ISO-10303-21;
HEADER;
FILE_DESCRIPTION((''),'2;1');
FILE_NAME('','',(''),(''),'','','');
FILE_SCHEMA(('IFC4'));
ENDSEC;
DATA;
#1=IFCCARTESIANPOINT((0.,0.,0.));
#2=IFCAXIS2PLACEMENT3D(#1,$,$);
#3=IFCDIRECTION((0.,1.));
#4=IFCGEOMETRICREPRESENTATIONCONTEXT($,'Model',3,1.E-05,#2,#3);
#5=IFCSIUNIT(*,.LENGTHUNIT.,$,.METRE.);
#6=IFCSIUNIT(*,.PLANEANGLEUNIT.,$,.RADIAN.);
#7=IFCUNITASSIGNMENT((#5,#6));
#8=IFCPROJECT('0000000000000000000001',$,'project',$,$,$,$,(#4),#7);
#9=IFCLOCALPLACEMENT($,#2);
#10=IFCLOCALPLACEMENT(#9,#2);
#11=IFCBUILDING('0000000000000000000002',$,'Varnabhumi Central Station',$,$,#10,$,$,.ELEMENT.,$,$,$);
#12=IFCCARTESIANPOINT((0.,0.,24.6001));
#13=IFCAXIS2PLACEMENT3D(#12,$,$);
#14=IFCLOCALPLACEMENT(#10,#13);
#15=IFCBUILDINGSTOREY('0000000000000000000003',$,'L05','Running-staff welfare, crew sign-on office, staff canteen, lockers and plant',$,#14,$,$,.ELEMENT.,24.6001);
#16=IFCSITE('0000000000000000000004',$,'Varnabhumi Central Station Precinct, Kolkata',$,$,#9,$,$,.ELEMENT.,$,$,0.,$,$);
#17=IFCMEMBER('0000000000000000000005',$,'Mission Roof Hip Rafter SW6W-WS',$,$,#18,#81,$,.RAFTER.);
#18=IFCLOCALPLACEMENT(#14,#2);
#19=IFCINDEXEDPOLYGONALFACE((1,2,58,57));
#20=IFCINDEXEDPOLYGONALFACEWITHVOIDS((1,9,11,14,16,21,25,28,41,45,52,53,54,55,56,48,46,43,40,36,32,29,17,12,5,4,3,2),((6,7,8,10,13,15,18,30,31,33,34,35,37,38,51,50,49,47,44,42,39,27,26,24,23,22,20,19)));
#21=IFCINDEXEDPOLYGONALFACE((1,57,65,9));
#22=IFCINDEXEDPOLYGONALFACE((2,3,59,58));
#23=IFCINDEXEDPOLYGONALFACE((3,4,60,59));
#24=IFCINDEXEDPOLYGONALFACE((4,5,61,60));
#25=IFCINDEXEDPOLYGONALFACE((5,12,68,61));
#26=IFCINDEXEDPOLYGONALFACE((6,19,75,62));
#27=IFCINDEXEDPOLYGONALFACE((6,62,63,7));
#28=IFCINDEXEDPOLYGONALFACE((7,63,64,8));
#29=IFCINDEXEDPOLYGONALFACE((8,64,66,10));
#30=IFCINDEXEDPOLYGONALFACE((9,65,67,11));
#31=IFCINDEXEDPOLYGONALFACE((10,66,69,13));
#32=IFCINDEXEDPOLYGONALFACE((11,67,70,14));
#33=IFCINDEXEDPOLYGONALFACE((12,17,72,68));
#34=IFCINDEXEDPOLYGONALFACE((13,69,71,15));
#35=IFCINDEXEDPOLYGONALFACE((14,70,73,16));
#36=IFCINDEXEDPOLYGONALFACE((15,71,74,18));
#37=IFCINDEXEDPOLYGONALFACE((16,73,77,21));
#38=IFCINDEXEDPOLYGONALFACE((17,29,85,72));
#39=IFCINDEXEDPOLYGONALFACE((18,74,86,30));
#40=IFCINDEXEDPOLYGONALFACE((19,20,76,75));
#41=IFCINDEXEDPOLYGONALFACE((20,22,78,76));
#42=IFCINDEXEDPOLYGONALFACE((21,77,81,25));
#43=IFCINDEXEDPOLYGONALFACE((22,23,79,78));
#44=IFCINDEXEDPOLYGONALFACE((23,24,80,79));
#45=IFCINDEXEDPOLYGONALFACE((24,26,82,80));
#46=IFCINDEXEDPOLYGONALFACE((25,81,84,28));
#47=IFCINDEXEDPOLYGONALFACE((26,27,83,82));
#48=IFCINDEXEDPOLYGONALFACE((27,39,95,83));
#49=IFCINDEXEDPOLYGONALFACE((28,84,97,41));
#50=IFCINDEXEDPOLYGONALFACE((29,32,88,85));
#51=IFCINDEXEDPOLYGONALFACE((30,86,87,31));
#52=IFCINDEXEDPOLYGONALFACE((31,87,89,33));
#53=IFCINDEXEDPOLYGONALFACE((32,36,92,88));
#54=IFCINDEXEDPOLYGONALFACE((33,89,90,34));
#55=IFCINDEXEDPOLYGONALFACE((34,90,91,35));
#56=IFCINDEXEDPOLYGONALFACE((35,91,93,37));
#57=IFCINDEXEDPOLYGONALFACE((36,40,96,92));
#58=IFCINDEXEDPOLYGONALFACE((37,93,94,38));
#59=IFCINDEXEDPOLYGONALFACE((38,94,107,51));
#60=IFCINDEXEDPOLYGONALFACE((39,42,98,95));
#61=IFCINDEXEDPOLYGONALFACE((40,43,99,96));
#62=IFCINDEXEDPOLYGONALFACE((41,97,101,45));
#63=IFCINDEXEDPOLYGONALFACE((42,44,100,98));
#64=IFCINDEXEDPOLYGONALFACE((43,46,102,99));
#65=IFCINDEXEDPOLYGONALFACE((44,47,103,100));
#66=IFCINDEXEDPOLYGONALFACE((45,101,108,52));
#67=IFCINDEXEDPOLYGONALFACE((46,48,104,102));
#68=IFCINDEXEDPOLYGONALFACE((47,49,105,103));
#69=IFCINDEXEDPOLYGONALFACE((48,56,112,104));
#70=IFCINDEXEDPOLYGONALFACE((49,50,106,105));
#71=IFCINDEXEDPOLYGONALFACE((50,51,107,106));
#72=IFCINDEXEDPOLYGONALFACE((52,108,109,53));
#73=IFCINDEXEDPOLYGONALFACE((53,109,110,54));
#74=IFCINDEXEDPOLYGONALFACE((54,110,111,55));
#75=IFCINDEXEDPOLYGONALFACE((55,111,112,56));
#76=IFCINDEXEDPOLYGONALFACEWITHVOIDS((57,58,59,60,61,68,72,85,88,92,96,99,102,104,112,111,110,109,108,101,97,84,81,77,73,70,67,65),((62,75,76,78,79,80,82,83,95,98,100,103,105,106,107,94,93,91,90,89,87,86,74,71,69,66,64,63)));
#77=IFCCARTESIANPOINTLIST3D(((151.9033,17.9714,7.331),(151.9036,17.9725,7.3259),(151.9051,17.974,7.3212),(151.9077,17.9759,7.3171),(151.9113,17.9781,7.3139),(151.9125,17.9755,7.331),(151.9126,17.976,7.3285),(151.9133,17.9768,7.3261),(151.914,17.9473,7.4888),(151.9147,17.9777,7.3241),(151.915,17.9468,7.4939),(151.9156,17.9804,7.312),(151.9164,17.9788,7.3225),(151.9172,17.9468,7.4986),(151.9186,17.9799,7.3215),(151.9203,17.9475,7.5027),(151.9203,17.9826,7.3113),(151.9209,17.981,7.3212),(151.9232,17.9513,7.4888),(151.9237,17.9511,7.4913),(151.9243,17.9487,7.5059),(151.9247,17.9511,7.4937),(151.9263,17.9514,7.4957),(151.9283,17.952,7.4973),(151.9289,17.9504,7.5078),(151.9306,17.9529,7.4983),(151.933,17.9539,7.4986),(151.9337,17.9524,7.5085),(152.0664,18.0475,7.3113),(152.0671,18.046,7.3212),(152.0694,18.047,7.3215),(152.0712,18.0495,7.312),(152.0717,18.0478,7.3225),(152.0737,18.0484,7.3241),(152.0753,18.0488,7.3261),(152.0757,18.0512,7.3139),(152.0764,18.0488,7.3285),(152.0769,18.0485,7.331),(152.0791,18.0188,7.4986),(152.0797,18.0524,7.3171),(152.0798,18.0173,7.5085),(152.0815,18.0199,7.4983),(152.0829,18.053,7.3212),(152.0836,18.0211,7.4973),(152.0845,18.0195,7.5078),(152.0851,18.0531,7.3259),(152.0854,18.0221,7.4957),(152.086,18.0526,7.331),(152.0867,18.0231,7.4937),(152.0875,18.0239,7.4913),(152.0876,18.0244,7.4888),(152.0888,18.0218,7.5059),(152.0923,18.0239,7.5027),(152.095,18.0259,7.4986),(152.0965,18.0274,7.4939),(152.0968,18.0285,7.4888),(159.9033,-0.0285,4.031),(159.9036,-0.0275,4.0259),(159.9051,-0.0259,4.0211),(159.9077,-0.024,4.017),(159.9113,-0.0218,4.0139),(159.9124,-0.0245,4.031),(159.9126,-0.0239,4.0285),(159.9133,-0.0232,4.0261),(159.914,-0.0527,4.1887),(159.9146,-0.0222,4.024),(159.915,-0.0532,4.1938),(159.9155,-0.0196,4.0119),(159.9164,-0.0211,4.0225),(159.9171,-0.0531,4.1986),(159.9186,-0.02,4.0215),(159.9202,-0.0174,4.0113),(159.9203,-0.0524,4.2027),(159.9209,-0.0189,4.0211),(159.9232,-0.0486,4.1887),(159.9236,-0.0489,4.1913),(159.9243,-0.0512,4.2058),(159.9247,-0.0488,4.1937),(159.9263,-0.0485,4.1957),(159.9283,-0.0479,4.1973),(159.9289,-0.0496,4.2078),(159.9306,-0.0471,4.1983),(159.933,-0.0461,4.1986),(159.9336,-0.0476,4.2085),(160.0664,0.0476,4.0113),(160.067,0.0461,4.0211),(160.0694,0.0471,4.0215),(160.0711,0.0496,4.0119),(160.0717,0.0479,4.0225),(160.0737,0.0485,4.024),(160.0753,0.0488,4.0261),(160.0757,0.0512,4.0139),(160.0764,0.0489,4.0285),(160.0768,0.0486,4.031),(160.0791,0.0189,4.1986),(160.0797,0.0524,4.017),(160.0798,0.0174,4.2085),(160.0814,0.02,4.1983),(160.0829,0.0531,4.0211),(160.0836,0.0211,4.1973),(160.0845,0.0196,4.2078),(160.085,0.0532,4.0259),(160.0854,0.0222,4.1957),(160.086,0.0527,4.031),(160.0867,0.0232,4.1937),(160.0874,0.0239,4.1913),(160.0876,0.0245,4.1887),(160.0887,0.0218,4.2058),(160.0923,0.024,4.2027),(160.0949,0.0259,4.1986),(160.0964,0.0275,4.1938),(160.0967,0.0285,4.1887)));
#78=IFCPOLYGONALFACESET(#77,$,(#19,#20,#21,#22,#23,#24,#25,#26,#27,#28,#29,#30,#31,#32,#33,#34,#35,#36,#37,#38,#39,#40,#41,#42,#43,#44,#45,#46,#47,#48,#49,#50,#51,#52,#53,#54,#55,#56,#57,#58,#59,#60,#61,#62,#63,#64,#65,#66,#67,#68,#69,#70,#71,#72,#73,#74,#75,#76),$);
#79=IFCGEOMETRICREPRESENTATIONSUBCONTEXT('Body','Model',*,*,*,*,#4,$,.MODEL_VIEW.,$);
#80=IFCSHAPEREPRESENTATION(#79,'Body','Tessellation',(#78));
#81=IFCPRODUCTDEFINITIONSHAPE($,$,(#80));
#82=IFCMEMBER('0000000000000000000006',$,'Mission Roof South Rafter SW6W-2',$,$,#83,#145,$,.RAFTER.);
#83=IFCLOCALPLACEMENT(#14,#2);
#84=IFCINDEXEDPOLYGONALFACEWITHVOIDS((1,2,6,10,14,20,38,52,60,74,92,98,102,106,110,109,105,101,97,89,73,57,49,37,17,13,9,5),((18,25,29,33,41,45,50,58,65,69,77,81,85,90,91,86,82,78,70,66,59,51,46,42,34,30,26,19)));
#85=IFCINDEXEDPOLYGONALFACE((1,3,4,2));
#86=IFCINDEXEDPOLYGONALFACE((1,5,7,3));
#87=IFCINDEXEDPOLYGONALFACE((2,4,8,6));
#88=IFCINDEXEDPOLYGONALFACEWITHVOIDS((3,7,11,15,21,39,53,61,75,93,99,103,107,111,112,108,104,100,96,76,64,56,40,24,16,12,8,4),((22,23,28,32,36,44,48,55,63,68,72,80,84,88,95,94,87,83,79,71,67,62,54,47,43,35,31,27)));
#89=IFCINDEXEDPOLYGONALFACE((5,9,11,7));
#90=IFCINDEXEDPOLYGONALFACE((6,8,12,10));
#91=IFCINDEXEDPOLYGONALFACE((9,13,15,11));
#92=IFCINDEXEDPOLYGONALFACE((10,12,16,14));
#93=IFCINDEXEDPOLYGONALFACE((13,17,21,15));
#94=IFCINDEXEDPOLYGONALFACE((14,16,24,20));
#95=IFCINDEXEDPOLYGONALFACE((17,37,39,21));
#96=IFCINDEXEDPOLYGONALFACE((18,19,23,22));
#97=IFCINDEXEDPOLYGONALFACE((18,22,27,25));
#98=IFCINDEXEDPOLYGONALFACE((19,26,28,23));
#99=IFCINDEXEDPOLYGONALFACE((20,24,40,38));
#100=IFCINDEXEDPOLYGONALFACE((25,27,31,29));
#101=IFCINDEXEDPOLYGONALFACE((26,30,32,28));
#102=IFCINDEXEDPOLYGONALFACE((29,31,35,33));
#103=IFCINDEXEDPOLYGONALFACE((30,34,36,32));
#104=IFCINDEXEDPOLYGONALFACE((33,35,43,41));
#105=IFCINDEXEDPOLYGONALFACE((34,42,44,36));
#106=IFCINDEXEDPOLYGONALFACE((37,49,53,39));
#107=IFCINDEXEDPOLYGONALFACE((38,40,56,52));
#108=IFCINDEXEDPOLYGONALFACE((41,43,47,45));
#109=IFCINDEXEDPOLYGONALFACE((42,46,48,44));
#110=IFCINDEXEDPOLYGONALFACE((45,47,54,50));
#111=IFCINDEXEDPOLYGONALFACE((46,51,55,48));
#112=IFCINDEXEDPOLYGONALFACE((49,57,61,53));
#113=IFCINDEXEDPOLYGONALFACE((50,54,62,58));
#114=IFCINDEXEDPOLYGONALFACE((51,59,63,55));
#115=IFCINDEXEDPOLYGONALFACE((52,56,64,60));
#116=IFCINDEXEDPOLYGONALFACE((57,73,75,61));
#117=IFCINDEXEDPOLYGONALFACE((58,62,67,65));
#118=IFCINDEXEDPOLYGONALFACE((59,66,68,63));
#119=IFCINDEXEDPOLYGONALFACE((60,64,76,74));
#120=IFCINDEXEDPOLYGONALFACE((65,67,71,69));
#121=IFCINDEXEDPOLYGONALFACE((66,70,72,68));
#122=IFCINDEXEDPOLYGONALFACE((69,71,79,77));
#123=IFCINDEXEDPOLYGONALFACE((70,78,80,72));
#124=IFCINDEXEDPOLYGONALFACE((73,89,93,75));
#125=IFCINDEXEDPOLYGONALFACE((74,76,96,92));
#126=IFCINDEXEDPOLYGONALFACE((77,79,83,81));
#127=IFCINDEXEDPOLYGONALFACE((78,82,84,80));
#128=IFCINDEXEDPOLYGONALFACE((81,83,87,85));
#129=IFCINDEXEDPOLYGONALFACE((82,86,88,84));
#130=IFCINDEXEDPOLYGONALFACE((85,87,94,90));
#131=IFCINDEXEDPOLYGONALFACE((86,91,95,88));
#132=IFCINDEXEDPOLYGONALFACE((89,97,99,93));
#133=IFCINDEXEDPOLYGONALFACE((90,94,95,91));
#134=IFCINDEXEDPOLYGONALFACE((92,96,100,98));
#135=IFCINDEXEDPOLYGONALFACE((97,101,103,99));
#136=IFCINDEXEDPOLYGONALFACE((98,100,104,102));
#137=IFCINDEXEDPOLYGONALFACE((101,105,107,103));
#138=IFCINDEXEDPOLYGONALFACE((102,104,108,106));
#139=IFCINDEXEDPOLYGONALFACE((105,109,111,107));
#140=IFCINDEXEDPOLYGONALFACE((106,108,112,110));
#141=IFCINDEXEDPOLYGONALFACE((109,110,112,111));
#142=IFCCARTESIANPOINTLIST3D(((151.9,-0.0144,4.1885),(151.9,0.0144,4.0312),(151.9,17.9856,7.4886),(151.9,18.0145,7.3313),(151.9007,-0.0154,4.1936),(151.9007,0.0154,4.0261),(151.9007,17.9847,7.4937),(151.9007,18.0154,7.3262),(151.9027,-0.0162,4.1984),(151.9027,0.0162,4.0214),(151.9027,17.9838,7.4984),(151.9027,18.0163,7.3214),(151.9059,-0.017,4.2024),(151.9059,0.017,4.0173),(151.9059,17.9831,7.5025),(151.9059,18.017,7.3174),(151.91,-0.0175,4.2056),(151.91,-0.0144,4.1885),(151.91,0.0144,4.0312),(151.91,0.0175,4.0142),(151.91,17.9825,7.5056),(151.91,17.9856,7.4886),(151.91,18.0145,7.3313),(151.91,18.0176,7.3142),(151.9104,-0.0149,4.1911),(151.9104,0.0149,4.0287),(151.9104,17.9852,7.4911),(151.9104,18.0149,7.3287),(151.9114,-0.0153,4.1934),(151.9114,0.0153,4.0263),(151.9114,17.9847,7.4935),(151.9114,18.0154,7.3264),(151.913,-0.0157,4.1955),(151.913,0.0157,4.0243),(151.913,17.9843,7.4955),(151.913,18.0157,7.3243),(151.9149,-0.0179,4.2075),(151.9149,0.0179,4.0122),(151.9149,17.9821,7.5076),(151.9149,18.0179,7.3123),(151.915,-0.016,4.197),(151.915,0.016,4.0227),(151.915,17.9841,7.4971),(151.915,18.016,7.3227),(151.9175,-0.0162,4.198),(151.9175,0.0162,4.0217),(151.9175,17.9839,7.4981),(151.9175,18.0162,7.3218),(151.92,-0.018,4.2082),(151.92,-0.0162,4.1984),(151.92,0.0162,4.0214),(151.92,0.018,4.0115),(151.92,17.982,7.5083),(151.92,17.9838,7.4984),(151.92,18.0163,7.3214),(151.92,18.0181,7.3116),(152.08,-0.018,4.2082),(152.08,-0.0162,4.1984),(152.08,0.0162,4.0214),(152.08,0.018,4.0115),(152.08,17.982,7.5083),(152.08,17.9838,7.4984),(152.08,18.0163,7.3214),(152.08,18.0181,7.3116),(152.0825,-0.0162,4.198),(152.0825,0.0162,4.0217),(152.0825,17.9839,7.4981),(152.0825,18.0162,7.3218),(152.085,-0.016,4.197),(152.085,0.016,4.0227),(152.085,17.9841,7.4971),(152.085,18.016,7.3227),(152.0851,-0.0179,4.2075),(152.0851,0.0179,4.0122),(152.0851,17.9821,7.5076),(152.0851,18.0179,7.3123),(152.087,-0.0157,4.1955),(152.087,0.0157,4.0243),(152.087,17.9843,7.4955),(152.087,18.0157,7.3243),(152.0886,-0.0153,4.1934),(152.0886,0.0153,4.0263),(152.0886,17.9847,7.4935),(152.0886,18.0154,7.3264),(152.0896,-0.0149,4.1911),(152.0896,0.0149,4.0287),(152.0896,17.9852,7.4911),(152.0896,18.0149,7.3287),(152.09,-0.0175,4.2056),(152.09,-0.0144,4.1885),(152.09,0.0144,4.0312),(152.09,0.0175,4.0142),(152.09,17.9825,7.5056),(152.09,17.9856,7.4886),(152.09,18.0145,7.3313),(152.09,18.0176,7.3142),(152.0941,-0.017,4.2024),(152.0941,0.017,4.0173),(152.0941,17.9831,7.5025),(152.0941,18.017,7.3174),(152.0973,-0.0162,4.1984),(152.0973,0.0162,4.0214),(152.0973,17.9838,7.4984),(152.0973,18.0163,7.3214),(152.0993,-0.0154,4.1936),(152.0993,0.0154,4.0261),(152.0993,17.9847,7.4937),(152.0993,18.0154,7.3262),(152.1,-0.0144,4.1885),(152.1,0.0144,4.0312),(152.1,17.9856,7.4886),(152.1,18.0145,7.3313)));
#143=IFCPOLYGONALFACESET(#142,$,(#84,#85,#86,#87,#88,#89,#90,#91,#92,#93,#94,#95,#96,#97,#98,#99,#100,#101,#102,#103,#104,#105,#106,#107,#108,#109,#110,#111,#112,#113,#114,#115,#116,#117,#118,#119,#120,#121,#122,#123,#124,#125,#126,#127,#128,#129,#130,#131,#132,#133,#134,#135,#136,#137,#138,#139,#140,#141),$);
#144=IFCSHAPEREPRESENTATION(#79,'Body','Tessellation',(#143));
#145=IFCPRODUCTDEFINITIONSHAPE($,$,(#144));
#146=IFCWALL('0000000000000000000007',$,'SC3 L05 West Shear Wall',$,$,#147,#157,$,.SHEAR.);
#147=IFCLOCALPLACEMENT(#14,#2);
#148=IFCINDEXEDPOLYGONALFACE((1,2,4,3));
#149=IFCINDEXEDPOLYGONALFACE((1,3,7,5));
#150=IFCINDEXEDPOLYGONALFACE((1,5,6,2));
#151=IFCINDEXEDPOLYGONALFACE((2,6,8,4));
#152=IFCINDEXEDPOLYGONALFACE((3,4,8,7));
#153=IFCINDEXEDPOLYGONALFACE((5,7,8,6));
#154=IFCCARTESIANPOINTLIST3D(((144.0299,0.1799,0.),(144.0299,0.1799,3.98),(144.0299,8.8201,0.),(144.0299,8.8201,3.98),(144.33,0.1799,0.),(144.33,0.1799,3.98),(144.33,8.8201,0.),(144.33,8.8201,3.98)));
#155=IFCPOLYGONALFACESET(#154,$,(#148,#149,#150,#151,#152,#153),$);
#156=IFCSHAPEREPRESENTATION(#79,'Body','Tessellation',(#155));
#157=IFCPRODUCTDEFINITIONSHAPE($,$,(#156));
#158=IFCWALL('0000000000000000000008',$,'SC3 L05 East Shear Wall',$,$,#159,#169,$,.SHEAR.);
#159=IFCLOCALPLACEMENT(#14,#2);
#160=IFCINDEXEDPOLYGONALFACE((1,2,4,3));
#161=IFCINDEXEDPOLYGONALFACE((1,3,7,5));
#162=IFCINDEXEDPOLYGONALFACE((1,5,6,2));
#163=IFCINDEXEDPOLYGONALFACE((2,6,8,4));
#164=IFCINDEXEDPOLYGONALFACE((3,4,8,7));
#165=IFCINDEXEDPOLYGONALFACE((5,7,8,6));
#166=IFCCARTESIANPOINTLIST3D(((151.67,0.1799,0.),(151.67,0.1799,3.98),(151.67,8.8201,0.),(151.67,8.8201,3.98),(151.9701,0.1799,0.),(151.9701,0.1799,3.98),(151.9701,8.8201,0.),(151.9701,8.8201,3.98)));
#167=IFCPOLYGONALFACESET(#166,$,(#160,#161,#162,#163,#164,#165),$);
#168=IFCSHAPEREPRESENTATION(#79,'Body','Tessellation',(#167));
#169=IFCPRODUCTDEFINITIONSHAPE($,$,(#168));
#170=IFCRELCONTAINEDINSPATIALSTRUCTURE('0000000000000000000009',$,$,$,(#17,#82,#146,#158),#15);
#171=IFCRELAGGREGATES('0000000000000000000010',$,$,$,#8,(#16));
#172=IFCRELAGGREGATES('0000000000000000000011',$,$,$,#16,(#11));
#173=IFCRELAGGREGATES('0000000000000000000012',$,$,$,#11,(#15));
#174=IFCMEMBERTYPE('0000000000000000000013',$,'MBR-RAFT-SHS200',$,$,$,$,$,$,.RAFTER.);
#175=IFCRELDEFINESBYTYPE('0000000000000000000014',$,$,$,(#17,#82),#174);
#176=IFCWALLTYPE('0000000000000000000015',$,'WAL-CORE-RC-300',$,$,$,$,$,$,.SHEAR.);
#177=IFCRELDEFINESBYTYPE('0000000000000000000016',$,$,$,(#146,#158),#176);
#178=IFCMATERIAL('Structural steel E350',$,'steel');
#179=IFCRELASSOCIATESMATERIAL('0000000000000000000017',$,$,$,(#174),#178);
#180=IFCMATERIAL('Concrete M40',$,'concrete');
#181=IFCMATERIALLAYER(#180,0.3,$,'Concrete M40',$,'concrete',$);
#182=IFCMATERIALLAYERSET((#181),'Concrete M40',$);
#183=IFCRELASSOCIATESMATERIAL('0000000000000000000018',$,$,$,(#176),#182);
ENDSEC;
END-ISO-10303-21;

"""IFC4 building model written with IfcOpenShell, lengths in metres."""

from ifc_helpers import new_model, si_unit, direction, frame, frame_2d, origin, origin_2d, place, context, subcontext, project, spatial, rectangle, hollow_rectangle, extrude, material, layer, layer_set, material_profile, profile_set, type_object, element, save


model = new_model("IFC4")

# Units and contexts
model_context = context("Model", 3, precision=1e-05, world=origin(), true_north=direction((0.0, 1.0)))
body_context = subcontext(model_context, "Body", "Model", "MODEL_VIEW")
ifc_project = project(units=[si_unit("LENGTHUNIT", "METRE"), si_unit("PLANEANGLEUNIT", "RADIAN")], contexts=[model_context])

# Site, building, storey
site_placement = place(None, origin())
site = spatial("IfcSite", under=ifc_project, at=site_placement, Name="Varnabhumi Central Station Precinct, Kolkata", CompositionType="ELEMENT", RefElevation=0.0)
building_placement = place(site_placement, origin())
building = spatial("IfcBuilding", under=site, at=building_placement, Name="Varnabhumi Central Station", CompositionType="ELEMENT")
storey_placement = place(building_placement, frame((0.0, 0.0, 24.6001)))
storey = spatial("IfcBuildingStorey", under=building, at=storey_placement, Name="L05", Description="Running-staff welfare, crew sign-on office, staff canteen, lockers and plant", CompositionType="ELEMENT", Elevation=24.6001)

# Shared definitions
ifc_material_1 = material(Name="Concrete M40", Category="concrete")

# Shared definitions
ifc_material_2 = material(Name="Structural steel E350", Category="steel")

# Members
ifc_material_profile_1 = material_profile(ifc_material_2, hollow_rectangle(XDim=0.2, YDim=0.2, WallThickness=0.01, InnerFilletRadius=0.01, OuterFilletRadius=0.02, at=origin_2d()), Name="Structural steel E350", Category="steel")
ifc_profile_set_1 = profile_set([ifc_material_profile_1], Name="Structural steel E350")
member_type = type_object("IfcMemberType", Name="MBR-RAFT-SHS200", PredefinedType="RAFTER", material=ifc_profile_set_1)
member_1_placement = place(storey_placement, frame((160.0, 0.0, 4.1099), z_axis=(-0.400556, 0.901251, 0.165232), x_axis=(-0.913812, -0.406138, 0.0)))
element("IfcMember", 1, at=member_1_placement, inside=storey, type_object=member_type, Name="Mission Roof Hip Rafter SW6W-WS", PredefinedType="RAFTER", context=body_context, shape_type="SweptSolid", body=[
    extrude(hollow_rectangle(XDim=0.2, YDim=0.2, WallThickness=0.01, InnerFilletRadius=0.01, OuterFilletRadius=0.02, at=origin_2d()), origin(), (0.0, 0.0, 1.0), 19.9722),
])
member_2_placement = place(storey_placement, frame((152.0, 0.0, 4.1099), z_axis=(0.0, 0.983606, 0.18033), x_axis=(-1.0, 0.0, 0.0)))
element("IfcMember", 2, at=member_2_placement, inside=storey, type_object=member_type, Name="Mission Roof South Rafter SW6W-2", PredefinedType="RAFTER", context=body_context, shape_type="SweptSolid", body=[
    extrude(hollow_rectangle(XDim=0.2, YDim=0.2, WallThickness=0.01, InnerFilletRadius=0.01, OuterFilletRadius=0.02, at=origin_2d()), origin(), (0.0, 0.0, 1.0), 18.3),
])

# Walls
ifc_layer_1 = layer(ifc_material_1, 0.3, Name="Concrete M40", Category="concrete")
ifc_layer_set_1 = layer_set([ifc_layer_1], Name="Concrete M40")
wall_type_1 = type_object("IfcWallType", Name="WAL-CORE-RC-300", PredefinedType="SHEAR", material=ifc_layer_set_1)
for number, where, z_axis, x_axis, name in (
    (3, (144.1799, 0.1799, 0.0), (0.0, 0.0, 1.0), (0.0, 1.0, 0.0), "SC3 L05 West Shear Wall"),
    (4, (151.8201, 0.1799, 0.0), (0.0, 0.0, 1.0), (0.0, 1.0, 0.0), "SC3 L05 East Shear Wall"),
):
    element("IfcWall", number, at=place(storey_placement, frame(where, z_axis=z_axis, x_axis=x_axis)), inside=storey, type_object=wall_type_1, Name=name, PredefinedType="SHEAR", context=body_context, shape_type="SweptSolid", body=[
        extrude(rectangle(XDim=8.6401, YDim=0.3, at=frame_2d((4.3201, 0.0))), origin(), (0.0, 0.0, 1.0), 3.98),
    ])

save(model, "model.ifc")
